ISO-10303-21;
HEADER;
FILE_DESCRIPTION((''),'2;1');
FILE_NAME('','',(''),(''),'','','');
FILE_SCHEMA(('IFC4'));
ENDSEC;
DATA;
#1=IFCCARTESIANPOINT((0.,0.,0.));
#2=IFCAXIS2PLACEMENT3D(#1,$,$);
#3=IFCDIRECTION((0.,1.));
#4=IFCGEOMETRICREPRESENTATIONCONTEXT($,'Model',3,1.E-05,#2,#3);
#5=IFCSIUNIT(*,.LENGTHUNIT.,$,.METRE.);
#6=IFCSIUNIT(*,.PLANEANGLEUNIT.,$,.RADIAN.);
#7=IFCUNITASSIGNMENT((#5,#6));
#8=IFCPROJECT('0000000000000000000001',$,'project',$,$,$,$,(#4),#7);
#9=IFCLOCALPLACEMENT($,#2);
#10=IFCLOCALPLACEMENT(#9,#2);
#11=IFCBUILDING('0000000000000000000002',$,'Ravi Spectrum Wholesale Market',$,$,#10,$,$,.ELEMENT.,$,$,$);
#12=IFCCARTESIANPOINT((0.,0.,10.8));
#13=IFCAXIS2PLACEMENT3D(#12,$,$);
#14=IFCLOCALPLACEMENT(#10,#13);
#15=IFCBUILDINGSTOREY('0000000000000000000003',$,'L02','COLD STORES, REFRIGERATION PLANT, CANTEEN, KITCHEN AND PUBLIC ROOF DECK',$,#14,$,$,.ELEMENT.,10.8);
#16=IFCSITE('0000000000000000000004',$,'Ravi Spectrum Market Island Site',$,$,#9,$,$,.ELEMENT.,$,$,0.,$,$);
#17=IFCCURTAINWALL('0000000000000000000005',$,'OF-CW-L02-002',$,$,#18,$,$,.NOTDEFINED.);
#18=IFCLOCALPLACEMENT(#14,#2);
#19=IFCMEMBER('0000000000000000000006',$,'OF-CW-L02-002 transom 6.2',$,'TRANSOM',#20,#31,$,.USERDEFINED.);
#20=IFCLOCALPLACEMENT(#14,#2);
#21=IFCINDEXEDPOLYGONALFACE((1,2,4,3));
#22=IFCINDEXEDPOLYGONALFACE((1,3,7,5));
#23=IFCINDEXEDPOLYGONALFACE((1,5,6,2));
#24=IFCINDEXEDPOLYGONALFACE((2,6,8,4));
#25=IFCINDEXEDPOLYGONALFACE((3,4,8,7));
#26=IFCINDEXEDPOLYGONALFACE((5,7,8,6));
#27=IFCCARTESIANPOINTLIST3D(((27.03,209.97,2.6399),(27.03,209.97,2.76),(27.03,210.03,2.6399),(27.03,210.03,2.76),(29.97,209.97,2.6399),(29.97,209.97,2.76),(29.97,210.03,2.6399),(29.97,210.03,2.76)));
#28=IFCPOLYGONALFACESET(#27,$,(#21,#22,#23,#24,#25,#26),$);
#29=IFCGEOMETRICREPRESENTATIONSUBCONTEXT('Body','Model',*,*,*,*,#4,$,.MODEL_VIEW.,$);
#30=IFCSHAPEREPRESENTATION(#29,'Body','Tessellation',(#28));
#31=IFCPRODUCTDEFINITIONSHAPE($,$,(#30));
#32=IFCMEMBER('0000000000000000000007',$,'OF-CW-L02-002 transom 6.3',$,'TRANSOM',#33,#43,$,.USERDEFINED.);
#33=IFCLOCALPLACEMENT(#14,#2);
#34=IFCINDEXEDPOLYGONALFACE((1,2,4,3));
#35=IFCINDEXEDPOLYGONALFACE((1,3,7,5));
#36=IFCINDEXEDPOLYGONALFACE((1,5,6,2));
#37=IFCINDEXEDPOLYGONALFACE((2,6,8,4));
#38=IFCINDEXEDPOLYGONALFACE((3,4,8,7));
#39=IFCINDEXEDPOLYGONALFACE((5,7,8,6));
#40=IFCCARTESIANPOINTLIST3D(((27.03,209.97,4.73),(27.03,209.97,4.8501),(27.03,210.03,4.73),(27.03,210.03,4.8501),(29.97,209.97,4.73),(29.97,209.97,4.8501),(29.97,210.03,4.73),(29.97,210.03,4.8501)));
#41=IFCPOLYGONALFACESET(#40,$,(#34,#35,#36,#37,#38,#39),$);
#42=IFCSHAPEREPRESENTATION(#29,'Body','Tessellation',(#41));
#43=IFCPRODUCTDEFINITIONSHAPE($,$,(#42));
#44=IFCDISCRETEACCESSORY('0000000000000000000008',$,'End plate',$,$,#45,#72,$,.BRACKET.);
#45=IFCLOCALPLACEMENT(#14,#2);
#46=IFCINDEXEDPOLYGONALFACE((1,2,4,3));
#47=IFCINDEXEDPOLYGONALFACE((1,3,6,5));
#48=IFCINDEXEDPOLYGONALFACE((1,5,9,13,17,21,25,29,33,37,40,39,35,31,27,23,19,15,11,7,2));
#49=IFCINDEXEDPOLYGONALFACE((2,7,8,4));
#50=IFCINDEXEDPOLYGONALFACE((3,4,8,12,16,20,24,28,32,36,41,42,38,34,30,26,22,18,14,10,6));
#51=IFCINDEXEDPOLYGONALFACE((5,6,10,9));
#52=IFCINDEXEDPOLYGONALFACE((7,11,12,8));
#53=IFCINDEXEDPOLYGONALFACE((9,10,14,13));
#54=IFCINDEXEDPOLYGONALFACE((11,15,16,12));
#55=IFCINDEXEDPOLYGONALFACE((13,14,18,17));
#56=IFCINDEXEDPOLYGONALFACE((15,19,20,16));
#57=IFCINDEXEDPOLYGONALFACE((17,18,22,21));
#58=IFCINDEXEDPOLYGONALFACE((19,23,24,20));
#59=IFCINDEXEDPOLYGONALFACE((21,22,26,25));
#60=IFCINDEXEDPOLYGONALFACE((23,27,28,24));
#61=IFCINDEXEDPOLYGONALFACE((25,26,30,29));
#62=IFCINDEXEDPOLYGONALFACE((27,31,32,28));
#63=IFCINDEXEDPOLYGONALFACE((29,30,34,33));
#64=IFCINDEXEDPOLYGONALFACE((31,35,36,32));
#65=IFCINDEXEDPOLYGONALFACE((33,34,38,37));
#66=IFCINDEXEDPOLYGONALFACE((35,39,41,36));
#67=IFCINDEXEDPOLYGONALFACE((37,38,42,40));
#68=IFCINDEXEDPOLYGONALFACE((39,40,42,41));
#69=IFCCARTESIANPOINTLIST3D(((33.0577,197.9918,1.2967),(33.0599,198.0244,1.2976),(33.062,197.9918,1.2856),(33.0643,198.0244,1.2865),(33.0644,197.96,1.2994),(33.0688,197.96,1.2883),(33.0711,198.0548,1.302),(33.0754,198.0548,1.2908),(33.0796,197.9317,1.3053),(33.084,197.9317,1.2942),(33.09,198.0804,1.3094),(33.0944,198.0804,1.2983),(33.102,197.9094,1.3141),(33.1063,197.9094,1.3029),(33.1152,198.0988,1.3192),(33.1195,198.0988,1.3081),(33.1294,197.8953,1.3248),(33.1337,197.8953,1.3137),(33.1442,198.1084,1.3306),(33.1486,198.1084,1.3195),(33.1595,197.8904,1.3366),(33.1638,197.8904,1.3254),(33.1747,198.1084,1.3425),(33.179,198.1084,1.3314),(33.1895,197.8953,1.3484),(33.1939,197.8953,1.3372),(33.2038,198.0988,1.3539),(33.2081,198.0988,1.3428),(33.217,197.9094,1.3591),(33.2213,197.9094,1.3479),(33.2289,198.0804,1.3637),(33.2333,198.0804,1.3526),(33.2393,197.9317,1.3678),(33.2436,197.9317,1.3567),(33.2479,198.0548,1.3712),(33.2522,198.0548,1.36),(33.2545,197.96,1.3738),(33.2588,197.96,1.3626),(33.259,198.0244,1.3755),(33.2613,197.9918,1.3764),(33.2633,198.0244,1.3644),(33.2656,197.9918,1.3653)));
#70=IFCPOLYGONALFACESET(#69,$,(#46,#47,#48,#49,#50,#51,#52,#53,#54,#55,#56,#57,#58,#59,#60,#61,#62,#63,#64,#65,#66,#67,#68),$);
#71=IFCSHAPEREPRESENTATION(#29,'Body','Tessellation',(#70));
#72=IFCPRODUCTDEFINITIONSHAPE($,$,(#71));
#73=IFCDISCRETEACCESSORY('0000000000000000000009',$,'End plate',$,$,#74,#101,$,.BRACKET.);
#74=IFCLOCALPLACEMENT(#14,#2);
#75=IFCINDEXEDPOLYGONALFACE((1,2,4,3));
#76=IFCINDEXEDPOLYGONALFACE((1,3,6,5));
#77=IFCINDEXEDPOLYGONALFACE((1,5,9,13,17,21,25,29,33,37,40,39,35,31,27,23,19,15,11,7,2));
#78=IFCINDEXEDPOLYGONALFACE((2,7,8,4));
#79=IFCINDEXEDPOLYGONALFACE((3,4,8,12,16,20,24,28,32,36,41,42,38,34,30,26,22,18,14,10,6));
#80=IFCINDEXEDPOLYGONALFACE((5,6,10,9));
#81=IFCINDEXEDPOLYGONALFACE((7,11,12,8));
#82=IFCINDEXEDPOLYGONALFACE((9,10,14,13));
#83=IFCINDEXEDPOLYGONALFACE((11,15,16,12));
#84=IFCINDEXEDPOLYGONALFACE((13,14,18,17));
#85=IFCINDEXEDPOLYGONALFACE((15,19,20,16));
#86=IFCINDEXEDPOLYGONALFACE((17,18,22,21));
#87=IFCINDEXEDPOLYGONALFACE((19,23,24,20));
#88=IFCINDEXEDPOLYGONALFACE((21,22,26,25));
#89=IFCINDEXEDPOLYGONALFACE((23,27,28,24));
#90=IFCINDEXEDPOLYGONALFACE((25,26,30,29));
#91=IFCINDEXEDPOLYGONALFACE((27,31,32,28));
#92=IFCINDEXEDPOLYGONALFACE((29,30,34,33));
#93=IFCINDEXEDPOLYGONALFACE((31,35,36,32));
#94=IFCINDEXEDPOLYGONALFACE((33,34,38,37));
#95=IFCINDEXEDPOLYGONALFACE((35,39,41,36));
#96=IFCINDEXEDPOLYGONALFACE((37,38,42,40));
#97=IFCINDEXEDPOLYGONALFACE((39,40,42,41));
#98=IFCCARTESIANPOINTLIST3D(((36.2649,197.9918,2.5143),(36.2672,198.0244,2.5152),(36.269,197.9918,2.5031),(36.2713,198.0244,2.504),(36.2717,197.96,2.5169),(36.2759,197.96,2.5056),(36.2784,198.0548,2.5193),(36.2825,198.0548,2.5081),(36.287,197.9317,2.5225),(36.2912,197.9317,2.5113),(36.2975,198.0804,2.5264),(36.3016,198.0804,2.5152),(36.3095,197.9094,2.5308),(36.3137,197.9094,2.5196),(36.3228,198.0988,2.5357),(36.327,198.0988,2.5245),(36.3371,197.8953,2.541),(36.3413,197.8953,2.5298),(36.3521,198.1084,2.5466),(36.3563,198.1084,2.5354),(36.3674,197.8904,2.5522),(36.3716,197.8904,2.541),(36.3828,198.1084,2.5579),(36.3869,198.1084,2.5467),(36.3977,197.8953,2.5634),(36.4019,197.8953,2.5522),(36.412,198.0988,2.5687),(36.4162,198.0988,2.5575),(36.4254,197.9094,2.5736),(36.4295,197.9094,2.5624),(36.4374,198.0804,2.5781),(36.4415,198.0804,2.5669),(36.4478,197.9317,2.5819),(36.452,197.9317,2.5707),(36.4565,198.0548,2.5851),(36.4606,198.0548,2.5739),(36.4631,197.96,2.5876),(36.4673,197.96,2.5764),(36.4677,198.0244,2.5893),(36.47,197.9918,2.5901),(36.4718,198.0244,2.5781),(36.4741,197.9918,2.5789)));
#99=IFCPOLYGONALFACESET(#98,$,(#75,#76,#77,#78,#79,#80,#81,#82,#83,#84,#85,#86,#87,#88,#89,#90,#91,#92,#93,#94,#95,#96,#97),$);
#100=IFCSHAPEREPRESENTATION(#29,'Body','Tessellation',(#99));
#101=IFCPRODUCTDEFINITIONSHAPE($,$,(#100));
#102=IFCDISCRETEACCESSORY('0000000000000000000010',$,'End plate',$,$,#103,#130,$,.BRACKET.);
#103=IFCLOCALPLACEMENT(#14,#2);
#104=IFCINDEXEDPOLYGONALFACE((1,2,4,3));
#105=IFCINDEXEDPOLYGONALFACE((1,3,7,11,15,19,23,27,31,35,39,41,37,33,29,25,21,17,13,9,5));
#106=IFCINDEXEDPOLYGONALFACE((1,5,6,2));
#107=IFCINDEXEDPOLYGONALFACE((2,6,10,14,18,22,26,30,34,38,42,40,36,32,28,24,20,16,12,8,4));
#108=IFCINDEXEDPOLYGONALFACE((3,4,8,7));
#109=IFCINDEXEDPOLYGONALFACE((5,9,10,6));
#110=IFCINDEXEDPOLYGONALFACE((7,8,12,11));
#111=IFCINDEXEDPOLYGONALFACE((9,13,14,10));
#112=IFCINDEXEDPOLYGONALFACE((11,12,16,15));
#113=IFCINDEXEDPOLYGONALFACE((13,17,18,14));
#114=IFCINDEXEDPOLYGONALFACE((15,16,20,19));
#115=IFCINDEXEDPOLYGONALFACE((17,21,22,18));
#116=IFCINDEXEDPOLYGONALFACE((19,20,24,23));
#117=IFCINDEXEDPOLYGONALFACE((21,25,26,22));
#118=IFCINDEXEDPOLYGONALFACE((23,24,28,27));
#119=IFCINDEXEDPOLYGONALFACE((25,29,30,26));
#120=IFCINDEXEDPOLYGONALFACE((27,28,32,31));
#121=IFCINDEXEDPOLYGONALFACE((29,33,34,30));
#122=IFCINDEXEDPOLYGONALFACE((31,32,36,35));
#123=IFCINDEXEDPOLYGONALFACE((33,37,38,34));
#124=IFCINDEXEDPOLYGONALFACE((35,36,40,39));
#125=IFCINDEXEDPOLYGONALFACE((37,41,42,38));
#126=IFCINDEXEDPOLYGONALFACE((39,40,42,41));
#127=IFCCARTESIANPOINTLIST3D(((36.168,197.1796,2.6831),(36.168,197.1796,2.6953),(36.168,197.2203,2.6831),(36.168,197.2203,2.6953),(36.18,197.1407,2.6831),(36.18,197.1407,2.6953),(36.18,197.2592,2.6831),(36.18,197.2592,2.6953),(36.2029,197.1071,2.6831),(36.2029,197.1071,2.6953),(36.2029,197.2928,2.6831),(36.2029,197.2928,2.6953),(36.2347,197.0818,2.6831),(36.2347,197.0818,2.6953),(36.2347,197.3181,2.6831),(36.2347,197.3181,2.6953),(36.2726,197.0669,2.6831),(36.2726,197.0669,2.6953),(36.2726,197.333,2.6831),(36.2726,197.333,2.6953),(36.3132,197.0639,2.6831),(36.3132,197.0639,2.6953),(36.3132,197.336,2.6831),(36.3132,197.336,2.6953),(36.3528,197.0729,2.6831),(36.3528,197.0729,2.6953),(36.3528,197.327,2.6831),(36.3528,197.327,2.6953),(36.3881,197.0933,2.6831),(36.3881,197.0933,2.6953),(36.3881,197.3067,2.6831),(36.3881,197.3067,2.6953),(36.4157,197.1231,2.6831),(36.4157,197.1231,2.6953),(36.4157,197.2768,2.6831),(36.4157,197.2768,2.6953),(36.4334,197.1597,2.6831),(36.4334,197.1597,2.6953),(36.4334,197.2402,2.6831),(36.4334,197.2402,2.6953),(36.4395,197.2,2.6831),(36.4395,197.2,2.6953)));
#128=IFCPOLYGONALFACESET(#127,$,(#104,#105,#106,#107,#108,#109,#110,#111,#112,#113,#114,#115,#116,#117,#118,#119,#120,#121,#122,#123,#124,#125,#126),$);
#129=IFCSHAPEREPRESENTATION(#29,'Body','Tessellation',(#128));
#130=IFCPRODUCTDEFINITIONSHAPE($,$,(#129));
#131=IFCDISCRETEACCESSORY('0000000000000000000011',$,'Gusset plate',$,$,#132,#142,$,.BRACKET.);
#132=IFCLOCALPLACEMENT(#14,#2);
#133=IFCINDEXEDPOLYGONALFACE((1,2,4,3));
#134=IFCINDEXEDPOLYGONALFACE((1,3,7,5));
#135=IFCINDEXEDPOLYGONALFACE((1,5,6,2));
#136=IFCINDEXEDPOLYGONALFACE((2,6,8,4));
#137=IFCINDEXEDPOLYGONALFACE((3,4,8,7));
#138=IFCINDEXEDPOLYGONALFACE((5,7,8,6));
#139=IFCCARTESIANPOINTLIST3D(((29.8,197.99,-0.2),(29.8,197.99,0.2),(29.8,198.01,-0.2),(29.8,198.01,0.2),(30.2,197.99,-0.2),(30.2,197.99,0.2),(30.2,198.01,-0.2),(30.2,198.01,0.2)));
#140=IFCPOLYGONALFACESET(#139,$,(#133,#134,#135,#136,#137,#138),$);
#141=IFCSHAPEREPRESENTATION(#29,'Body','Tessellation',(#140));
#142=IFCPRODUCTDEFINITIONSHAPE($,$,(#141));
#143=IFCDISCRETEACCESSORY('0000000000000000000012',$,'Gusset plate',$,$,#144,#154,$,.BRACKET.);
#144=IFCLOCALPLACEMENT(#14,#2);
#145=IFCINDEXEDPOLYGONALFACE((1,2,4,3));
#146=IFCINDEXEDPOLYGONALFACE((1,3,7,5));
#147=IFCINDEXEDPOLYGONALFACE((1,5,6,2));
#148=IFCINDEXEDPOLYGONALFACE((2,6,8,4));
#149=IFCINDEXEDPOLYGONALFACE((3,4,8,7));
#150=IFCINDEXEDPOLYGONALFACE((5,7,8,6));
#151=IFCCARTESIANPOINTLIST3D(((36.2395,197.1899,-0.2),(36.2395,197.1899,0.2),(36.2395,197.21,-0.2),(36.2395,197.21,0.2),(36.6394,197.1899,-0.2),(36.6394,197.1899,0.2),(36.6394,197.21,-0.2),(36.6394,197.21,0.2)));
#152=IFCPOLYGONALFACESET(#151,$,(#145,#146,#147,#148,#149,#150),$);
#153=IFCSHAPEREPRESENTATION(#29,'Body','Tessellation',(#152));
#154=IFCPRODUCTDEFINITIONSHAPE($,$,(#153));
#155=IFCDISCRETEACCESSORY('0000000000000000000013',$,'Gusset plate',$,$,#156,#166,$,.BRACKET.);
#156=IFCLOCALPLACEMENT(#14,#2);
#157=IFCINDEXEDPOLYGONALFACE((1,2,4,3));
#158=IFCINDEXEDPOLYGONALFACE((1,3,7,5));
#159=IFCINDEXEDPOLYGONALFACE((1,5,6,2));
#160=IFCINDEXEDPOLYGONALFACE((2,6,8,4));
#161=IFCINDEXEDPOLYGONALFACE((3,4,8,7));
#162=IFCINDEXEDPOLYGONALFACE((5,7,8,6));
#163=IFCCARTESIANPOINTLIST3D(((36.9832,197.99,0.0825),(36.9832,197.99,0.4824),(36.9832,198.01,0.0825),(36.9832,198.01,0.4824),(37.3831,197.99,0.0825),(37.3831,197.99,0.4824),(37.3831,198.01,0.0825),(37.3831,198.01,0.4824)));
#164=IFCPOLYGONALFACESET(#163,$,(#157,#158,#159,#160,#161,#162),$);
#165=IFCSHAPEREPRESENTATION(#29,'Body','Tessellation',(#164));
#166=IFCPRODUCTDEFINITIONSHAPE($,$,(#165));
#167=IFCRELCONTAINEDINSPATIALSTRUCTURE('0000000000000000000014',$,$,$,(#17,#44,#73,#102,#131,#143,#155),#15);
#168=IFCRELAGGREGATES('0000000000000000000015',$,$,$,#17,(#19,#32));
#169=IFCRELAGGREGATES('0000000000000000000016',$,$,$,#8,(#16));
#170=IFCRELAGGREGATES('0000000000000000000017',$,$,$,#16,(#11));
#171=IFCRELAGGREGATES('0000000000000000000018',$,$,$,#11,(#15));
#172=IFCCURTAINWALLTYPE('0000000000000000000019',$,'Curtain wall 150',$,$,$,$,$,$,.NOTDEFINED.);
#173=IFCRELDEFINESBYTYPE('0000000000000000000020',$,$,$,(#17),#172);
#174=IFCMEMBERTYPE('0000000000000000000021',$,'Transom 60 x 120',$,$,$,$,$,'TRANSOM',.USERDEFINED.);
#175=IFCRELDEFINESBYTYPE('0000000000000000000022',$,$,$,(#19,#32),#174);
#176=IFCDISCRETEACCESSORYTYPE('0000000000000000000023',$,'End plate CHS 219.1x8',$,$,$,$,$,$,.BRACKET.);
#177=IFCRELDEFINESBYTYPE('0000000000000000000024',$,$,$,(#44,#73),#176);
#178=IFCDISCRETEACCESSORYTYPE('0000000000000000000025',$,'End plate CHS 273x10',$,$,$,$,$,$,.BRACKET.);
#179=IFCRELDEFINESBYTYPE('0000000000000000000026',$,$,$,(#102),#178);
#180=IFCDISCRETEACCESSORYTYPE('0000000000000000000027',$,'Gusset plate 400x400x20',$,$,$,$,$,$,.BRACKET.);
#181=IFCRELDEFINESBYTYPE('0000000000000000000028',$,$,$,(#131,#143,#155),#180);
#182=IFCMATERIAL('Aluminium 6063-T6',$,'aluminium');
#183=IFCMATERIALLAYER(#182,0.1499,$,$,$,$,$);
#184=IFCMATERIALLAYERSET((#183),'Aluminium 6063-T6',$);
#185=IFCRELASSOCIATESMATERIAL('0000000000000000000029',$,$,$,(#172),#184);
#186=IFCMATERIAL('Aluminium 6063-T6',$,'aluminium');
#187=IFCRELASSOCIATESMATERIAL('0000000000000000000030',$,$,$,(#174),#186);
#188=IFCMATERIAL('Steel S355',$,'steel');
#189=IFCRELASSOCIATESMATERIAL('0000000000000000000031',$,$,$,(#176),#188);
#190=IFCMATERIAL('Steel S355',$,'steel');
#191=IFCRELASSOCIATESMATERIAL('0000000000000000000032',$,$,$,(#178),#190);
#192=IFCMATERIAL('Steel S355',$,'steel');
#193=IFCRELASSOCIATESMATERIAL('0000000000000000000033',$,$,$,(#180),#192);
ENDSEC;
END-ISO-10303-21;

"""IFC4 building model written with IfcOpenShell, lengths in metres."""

from ifc_helpers import new_model, si_unit, direction, frame, origin, origin_2d, place, context, subcontext, project, spatial, rectangle, circle, extrude, material, layer, layer_set, material_profile, profile_set, type_object, element, aggregate, save


model = new_model("IFC4")

# Units and contexts
model_context = context("Model", 3, precision=1e-05, world=origin(), true_north=direction((0.0, 1.0)))
body_context = subcontext(model_context, "Body", "Model", "MODEL_VIEW")
ifc_project = project(units=[si_unit("LENGTHUNIT", "METRE"), si_unit("PLANEANGLEUNIT", "RADIAN")], contexts=[model_context])

# Site, building, storey
site_placement = place(None, origin())
site = spatial("IfcSite", under=ifc_project, at=site_placement, Name="Ravi Spectrum Market Island Site", CompositionType="ELEMENT", RefElevation=0.0)
building_placement = place(site_placement, origin())
building = spatial("IfcBuilding", under=site, at=building_placement, Name="Ravi Spectrum Wholesale Market", CompositionType="ELEMENT")
storey_placement = place(building_placement, frame((0.0, 0.0, 10.8)))
storey = spatial("IfcBuildingStorey", under=building, at=storey_placement, Name="L02", Description="COLD STORES, REFRIGERATION PLANT, CANTEEN, KITCHEN AND PUBLIC ROOF DECK", CompositionType="ELEMENT", Elevation=10.8)

# Curtain wall
ifc_material_1 = material(Name="Aluminium 6063-T6", Category="aluminium")
ifc_layer = layer(ifc_material_1, 0.1499)
ifc_layer_set = layer_set([ifc_layer], Name="Aluminium 6063-T6")
curtain_wall_type = type_object("IfcCurtainWallType", Name="Curtain wall 150", PredefinedType="NOTDEFINED", material=ifc_layer_set)
curtain_wall_placement = place(storey_placement, origin())
curtain_wall = element("IfcCurtainWall", 1, at=curtain_wall_placement, inside=storey, type_object=curtain_wall_type, Name="OF-CW-L02-002", PredefinedType="NOTDEFINED")

# Members
ifc_material_2 = material(Name="Aluminium 6063-T6", Category="aluminium")
ifc_material_profile_1 = material_profile(ifc_material_2, rectangle(XDim=0.0601, YDim=0.1201, at=origin_2d()))
ifc_profile_set_1 = profile_set([ifc_material_profile_1], Name="Aluminium 6063-T6")
member_type_1 = type_object("IfcMemberType", Name="Transom 60 x 120", ElementType="TRANSOM", PredefinedType="USERDEFINED", material=ifc_profile_set_1)
member_1_placement = place(storey_placement, frame((27.03, 210.0, 2.7), z_axis=(1.0, 0.0, 0.0), x_axis=(0.0, 1.0, 0.0)))
member_1 = element("IfcMember", 2, at=member_1_placement, type_object=member_type_1, Name="OF-CW-L02-002 transom 6.2", ObjectType="TRANSOM", PredefinedType="USERDEFINED", context=body_context, shape_type="SweptSolid", body=[
    extrude(rectangle(XDim=0.0601, YDim=0.1201, at=origin_2d()), origin(), (0.0, 0.0, 1.0), 2.9399),
])
member_2_placement = place(storey_placement, frame((27.03, 210.0, 4.79), z_axis=(1.0, 0.0, 0.0), x_axis=(0.0, 1.0, 0.0)))
member_2 = element("IfcMember", 3, at=member_2_placement, type_object=member_type_1, Name="OF-CW-L02-002 transom 6.3", ObjectType="TRANSOM", PredefinedType="USERDEFINED", context=body_context, shape_type="SweptSolid", body=[
    extrude(rectangle(XDim=0.0601, YDim=0.1201, at=origin_2d()), origin(), (0.0, 0.0, 1.0), 2.9399),
])
aggregate(curtain_wall, [member_1, member_2])

# Discrete accessories
ifc_material_3 = material(Name="Steel S355", Category="steel")
ifc_material_profile_2 = material_profile(ifc_material_3, circle(Radius=0.1096, at=origin_2d()))
ifc_profile_set_2 = profile_set([ifc_material_profile_2], Name="Steel S355")
discrete_accessory_type_1 = type_object("IfcDiscreteAccessoryType", Name="End plate CHS 219.1x8", PredefinedType="BRACKET", material=ifc_profile_set_2)
for number, where, z_axis, x_axis, name in (
    (4, (33.1638, 198.0, 1.3254), (-0.364399, 0.0, 0.931243), (0.0, -1.0, 0.0), "End plate"),
    (5, (36.3716, 198.0, 2.541), (-0.34665, 0.0, 0.937994), (0.0, -1.0, 0.0), "End plate"),
):
    element("IfcDiscreteAccessory", number, at=place(storey_placement, frame(where, z_axis=z_axis, x_axis=x_axis)), inside=storey, type_object=discrete_accessory_type_1, Name=name, PredefinedType="BRACKET", context=body_context, shape_type="SweptSolid", body=[
        extrude(circle(Radius=0.1096, at=origin_2d()), origin(), (0.0, 0.0, 1.0), 0.012),
    ])
ifc_material_4 = material(Name="Steel S355", Category="steel")
ifc_material_profile_3 = material_profile(ifc_material_4, circle(Radius=0.1365, at=origin_2d()))
ifc_profile_set_3 = profile_set([ifc_material_profile_3], Name="Steel S355")
discrete_accessory_type_2 = type_object("IfcDiscreteAccessoryType", Name="End plate CHS 273x10", PredefinedType="BRACKET", material=ifc_profile_set_3)
discrete_accessory_placement = place(storey_placement, frame((36.303, 197.2, 2.6831), z_axis=(0.0, 0.0, 1.0), x_axis=(1.0, 0.0, 0.0)))
element("IfcDiscreteAccessory", 6, at=discrete_accessory_placement, inside=storey, type_object=discrete_accessory_type_2, Name="End plate", PredefinedType="BRACKET", context=body_context, shape_type="SweptSolid", body=[
    extrude(circle(Radius=0.1365, at=origin_2d()), origin(), (0.0, 0.0, 1.0), 0.0122),
])
ifc_material_5 = material(Name="Steel S355", Category="steel")
ifc_material_profile_4 = material_profile(ifc_material_5, rectangle(XDim=0.3999, YDim=0.02, at=origin_2d()))
ifc_profile_set_4 = profile_set([ifc_material_profile_4], Name="Steel S355")
discrete_accessory_type_3 = type_object("IfcDiscreteAccessoryType", Name="Gusset plate 400x400x20", PredefinedType="BRACKET", material=ifc_profile_set_4)
for number, where, z_axis, x_axis, name in (
    (7, (30.0, 198.0, -0.2), (0.0, 0.0, 1.0), (1.0, 0.0, 0.0), "Gusset plate"),
    (8, (36.4395, 197.2, -0.2), (0.0, 0.0, 1.0), (1.0, 0.0, 0.0), "Gusset plate"),
    (9, (37.1831, 198.0, 0.0825), (0.0, 0.0, 1.0), (1.0, 0.0, 0.0), "Gusset plate"),
):
    element("IfcDiscreteAccessory", number, at=place(storey_placement, frame(where, z_axis=z_axis, x_axis=x_axis)), inside=storey, type_object=discrete_accessory_type_3, Name=name, PredefinedType="BRACKET", context=body_context, shape_type="SweptSolid", body=[
        extrude(rectangle(XDim=0.3999, YDim=0.02, at=origin_2d()), origin(), (0.0, 0.0, 1.0), 0.3999),
    ])

save(model, "model.ifc")
